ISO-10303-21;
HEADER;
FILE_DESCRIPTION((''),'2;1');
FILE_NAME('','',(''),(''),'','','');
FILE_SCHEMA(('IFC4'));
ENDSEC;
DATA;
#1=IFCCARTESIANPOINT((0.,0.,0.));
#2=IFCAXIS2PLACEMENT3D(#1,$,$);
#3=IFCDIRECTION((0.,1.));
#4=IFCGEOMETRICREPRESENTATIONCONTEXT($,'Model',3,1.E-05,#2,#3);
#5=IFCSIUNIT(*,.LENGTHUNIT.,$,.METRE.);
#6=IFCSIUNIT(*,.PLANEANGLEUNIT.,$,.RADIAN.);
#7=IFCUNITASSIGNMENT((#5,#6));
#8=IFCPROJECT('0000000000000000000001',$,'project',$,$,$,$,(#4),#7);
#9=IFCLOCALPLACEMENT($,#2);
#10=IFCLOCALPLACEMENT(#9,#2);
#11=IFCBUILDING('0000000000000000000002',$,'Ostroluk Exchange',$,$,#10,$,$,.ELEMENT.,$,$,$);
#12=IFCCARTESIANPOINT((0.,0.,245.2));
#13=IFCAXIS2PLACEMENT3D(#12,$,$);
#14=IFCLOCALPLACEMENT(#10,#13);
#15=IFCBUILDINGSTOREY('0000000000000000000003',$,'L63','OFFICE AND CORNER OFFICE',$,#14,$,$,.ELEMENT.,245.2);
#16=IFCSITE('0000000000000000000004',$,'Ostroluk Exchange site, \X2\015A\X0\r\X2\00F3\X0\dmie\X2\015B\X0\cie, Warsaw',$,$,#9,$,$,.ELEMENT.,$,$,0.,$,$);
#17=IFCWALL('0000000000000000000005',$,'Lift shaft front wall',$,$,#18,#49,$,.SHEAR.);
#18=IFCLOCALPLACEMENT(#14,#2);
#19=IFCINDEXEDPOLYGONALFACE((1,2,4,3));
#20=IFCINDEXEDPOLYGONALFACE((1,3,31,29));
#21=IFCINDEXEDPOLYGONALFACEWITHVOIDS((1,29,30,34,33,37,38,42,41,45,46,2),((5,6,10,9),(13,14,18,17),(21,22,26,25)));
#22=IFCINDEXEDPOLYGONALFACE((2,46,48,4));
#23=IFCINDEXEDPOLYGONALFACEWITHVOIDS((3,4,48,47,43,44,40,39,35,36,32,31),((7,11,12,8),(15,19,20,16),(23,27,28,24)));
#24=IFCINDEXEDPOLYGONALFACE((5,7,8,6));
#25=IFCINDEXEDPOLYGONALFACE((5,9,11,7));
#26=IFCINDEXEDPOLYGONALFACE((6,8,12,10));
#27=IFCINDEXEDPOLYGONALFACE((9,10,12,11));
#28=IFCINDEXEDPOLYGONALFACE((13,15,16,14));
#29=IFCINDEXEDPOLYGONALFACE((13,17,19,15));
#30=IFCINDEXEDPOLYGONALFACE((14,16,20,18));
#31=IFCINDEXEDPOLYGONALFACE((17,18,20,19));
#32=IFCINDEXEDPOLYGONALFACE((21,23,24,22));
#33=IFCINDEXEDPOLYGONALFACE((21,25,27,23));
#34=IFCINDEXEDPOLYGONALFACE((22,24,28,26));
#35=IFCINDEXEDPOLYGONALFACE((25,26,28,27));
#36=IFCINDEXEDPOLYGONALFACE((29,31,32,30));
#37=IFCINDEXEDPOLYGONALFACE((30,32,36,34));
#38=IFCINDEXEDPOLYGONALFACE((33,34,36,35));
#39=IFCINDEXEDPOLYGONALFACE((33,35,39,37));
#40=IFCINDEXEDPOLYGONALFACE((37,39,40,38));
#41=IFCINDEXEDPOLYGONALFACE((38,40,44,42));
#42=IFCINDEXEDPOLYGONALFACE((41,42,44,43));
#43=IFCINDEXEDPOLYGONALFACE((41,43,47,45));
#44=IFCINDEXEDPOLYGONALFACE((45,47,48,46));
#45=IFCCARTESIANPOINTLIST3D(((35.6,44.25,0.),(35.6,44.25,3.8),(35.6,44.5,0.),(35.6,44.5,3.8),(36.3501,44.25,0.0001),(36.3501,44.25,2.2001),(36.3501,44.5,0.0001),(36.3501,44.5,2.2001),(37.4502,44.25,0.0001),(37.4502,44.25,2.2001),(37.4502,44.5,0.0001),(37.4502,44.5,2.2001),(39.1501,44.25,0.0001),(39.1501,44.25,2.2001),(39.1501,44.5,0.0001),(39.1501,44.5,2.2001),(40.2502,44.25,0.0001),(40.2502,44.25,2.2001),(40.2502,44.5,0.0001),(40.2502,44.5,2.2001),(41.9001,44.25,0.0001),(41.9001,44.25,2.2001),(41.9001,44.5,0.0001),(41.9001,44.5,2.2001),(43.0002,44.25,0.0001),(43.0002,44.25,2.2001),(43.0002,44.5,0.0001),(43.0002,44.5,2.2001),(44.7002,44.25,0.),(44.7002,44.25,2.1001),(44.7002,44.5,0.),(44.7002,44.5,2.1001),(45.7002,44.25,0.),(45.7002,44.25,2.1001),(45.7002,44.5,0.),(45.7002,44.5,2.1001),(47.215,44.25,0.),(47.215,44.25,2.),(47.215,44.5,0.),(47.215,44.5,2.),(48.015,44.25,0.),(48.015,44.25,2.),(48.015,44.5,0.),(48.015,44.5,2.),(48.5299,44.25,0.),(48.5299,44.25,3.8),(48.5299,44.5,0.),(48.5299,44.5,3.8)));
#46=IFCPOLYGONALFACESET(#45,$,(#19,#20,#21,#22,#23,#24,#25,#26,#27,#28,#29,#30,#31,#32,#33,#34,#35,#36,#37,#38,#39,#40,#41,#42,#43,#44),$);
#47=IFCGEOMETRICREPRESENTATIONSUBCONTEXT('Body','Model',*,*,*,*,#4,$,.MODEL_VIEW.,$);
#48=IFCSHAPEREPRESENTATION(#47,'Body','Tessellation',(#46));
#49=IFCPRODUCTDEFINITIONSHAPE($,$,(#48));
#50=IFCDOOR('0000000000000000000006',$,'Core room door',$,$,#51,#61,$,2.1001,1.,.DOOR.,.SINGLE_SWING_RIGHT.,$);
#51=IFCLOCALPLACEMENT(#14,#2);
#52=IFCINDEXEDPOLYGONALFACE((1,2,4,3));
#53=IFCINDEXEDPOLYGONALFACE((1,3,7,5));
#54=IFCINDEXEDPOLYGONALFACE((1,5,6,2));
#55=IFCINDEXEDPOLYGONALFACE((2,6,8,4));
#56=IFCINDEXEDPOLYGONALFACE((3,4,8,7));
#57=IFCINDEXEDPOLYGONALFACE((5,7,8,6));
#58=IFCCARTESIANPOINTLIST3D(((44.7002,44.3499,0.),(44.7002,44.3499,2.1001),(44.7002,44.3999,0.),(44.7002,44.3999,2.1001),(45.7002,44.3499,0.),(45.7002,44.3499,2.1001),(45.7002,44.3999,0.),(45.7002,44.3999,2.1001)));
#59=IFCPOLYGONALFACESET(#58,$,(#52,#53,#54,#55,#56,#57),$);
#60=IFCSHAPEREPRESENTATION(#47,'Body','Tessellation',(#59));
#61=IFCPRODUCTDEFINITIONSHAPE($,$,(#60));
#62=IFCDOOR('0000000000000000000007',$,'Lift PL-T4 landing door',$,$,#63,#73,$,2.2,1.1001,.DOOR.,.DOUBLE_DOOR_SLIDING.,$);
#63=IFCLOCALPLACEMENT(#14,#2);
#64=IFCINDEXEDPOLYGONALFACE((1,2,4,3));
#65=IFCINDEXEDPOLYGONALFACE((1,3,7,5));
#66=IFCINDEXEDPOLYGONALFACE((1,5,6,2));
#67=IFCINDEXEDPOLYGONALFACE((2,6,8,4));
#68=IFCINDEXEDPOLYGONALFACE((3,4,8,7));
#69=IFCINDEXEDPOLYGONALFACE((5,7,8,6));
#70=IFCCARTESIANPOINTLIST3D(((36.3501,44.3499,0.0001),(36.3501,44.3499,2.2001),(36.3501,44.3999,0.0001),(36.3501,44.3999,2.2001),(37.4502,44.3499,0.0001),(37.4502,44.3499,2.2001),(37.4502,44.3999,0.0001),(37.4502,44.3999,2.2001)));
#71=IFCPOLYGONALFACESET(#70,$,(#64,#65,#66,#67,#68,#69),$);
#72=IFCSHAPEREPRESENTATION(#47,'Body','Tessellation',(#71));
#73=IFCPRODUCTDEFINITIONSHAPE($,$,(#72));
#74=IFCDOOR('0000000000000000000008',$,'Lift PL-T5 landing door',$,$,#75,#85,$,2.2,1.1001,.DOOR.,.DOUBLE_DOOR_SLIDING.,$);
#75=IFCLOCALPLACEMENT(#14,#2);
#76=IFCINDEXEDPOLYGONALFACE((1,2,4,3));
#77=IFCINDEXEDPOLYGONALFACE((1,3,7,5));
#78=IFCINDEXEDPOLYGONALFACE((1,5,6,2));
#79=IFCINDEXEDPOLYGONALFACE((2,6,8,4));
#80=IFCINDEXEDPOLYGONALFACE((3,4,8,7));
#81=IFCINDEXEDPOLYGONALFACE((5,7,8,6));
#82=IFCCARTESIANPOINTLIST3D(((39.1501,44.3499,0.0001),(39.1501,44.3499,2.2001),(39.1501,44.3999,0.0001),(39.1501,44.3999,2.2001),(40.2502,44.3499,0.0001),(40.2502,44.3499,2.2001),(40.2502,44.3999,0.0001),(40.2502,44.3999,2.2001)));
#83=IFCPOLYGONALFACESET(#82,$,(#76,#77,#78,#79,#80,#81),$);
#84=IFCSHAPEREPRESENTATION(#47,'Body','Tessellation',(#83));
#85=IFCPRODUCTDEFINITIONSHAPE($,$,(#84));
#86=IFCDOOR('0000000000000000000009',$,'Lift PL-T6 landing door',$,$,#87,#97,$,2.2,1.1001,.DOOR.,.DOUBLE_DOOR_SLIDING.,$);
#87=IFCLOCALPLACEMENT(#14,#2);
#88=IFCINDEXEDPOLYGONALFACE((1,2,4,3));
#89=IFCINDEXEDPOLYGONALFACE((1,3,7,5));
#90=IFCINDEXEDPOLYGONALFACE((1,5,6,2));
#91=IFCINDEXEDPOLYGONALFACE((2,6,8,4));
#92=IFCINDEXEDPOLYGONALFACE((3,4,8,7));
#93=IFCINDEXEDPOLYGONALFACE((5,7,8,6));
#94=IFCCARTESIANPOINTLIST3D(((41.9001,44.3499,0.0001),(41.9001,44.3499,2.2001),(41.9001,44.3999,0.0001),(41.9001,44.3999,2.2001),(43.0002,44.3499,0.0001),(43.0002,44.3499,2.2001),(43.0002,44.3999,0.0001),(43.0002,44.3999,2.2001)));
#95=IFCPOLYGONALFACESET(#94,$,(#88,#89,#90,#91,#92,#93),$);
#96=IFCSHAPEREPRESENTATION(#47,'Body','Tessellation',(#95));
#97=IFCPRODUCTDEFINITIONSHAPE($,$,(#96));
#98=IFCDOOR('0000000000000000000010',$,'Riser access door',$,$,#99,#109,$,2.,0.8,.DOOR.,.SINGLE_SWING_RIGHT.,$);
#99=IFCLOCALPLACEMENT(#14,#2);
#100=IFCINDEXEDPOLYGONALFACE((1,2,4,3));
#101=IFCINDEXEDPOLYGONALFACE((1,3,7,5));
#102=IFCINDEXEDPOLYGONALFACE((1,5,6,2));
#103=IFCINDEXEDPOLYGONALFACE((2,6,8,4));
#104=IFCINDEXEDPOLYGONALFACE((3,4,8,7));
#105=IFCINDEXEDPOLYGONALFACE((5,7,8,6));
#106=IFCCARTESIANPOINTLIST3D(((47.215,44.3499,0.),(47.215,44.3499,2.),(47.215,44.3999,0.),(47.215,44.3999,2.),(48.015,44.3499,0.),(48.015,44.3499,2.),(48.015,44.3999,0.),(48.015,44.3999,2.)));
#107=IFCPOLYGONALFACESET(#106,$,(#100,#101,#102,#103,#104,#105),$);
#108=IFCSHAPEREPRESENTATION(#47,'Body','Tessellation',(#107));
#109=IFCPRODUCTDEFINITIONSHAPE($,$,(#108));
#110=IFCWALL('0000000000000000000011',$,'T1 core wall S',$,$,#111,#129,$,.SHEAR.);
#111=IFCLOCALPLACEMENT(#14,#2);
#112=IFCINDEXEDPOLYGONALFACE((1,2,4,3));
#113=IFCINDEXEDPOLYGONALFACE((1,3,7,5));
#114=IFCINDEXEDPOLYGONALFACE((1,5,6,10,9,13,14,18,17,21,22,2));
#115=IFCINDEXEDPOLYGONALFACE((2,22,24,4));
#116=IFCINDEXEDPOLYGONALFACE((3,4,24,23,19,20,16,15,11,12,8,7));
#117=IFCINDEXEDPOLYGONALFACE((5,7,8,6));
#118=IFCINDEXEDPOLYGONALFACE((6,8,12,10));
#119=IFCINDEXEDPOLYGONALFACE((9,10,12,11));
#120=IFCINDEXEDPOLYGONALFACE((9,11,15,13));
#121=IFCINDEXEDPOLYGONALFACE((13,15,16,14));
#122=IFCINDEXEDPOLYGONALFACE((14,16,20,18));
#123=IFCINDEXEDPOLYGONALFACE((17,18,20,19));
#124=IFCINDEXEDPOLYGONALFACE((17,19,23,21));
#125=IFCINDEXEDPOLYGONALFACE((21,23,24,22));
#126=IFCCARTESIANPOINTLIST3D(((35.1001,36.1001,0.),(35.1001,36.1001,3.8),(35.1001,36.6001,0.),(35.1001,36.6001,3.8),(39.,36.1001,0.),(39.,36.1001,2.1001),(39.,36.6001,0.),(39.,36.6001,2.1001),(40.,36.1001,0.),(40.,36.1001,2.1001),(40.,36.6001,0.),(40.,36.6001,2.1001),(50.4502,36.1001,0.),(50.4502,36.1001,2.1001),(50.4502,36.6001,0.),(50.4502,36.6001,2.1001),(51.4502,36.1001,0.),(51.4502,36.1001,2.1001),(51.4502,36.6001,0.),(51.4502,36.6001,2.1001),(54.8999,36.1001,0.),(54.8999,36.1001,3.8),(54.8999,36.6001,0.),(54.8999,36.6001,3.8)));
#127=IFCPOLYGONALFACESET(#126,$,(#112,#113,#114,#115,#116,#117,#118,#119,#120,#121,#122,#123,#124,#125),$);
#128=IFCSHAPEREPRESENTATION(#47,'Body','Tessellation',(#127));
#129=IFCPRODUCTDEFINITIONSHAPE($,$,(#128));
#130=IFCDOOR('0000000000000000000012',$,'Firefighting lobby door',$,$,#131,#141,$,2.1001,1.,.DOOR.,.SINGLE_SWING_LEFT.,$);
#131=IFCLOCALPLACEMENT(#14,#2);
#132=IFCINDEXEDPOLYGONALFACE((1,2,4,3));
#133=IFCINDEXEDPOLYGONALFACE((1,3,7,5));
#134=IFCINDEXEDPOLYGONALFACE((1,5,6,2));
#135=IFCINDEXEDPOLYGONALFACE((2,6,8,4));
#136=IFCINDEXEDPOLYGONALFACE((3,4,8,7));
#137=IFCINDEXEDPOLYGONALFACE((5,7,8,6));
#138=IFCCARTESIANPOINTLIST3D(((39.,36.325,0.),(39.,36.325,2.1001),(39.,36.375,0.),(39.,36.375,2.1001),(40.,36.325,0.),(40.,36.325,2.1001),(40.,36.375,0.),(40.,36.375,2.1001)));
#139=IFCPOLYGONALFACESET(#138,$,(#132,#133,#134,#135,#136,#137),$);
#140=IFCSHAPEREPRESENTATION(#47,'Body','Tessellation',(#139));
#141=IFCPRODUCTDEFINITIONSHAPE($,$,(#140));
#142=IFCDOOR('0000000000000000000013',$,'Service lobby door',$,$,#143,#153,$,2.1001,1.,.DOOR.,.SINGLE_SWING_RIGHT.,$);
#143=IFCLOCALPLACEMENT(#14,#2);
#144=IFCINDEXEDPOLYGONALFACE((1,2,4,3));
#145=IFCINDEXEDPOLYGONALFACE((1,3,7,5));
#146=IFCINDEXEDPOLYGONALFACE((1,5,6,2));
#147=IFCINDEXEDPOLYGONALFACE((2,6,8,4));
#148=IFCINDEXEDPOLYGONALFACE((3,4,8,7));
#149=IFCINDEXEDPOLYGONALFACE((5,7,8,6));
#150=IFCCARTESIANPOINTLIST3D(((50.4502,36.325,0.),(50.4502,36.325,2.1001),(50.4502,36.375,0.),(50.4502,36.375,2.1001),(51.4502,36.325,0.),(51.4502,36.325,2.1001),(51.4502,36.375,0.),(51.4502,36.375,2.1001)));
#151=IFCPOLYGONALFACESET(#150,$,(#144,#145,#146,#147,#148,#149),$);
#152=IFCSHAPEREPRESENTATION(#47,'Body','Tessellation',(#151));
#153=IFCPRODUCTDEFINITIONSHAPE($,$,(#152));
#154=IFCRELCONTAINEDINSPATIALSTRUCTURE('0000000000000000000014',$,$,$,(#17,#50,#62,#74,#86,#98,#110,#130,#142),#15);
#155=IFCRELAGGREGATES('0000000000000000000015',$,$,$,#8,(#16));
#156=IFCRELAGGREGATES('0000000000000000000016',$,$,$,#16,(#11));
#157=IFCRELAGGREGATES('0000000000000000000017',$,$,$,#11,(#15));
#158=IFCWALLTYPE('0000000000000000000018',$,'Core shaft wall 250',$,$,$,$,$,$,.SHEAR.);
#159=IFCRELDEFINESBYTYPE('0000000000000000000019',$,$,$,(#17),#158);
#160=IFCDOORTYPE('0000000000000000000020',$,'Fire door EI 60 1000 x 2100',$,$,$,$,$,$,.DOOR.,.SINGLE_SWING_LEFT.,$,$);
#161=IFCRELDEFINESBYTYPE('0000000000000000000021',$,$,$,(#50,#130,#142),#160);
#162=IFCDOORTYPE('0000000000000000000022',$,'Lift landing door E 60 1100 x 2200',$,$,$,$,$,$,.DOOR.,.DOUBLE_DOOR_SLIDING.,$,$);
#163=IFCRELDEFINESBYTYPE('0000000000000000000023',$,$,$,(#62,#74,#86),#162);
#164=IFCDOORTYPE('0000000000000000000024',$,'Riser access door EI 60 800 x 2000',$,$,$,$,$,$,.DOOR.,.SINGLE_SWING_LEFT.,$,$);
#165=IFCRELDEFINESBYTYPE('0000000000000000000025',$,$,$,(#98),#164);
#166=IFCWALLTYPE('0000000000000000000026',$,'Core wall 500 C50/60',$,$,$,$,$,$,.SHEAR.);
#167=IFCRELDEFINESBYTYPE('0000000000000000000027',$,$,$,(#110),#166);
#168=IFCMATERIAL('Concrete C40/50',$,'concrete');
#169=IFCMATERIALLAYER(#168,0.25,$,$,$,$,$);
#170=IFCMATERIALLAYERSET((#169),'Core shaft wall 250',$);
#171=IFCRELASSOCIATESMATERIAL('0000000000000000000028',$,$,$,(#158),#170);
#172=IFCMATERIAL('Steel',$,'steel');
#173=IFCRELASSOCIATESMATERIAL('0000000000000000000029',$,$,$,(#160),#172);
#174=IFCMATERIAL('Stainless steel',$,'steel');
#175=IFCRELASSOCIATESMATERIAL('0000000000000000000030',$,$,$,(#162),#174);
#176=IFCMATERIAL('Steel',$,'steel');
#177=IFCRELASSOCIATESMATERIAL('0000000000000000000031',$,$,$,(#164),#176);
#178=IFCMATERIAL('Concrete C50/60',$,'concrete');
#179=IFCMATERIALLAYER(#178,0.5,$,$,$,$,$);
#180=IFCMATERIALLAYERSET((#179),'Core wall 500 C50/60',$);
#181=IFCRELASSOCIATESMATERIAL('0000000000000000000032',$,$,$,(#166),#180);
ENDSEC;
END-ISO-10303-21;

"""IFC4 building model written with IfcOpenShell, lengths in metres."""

from ifc_helpers import new_model, si_unit, direction, frame, frame_2d, origin, place, context, subcontext, project, spatial, rectangle, extrude, material, layer, layer_set, type_object, element, fill, save


model = new_model("IFC4")

# Units and contexts
model_context = context("Model", 3, precision=1e-05, world=origin(), true_north=direction((0.0, 1.0)))
body_context = subcontext(model_context, "Body", "Model", "MODEL_VIEW")
ifc_project = project(units=[si_unit("LENGTHUNIT", "METRE"), si_unit("PLANEANGLEUNIT", "RADIAN")], contexts=[model_context])

# Site, building, storey
site_placement = place(None, origin())
site = spatial("IfcSite", under=ifc_project, at=site_placement, Name="Ostroluk Exchange site, Śródmieście, Warsaw", CompositionType="ELEMENT", RefElevation=0.0)
building_placement = place(site_placement, origin())
building = spatial("IfcBuilding", under=site, at=building_placement, Name="Ostroluk Exchange", CompositionType="ELEMENT")
storey_placement = place(building_placement, frame((0.0, 0.0, 245.2)))
storey = spatial("IfcBuildingStorey", under=building, at=storey_placement, Name="L63", Description="OFFICE AND CORNER OFFICE", CompositionType="ELEMENT", Elevation=245.2)

# Shared definitions
ifc_material_1 = material(Name="Concrete C40/50", Category="concrete")
ifc_layer_1 = layer(ifc_material_1, 0.25)
ifc_layer_set_1 = layer_set([ifc_layer_1], Name="Core shaft wall 250")
wall_type_1 = type_object("IfcWallType", Name="Core shaft wall 250", PredefinedType="SHEAR", material=ifc_layer_set_1)

# Walls, openings, doors
wall_1_placement = place(storey_placement, frame((35.6001, 44.375, 0.0), z_axis=(0.0, 0.0, 1.0), x_axis=(1.0, 0.0, 0.0)))
wall_1 = element("IfcWall", 1, at=wall_1_placement, inside=storey, type_object=wall_type_1, Name="Lift shaft front wall", PredefinedType="SHEAR", context=body_context, shape_type="SweptSolid", body=[
    extrude(rectangle(XDim=12.9299, YDim=0.25, at=frame_2d((6.4648, 0.0))), origin(), (0.0, 0.0, 1.0), 3.8),
])
opening_1_placement = place(wall_1_placement, frame((0.75, 0.0, 0.0)))
opening_1 = element("IfcOpeningElement", 2, at=opening_1_placement, cuts=wall_1, PredefinedType="OPENING", context=body_context, shape_type="SweptSolid", body=[
    extrude(rectangle(XDim=1.1001, YDim=2.2, at=frame_2d((0.55, 1.1001))), frame((0.0, 0.135, 0.0), z_axis=(0.0, -1.0, 0.0), x_axis=(1.0, 0.0, 0.0)), (0.0, 0.0, 1.0), 0.27),
])
opening_2_placement = place(wall_1_placement, frame((3.55, 0.0, 0.0)))
opening_2 = element("IfcOpeningElement", 3, at=opening_2_placement, cuts=wall_1, PredefinedType="OPENING", context=body_context, shape_type="SweptSolid", body=[
    extrude(rectangle(XDim=1.1001, YDim=2.2, at=frame_2d((0.55, 1.1001))), frame((0.0, 0.135, 0.0), z_axis=(0.0, -1.0, 0.0), x_axis=(1.0, 0.0, 0.0)), (0.0, 0.0, 1.0), 0.27),
])
opening_3_placement = place(wall_1_placement, frame((6.3, 0.0, 0.0)))
opening_3 = element("IfcOpeningElement", 4, at=opening_3_placement, cuts=wall_1, PredefinedType="OPENING", context=body_context, shape_type="SweptSolid", body=[
    extrude(rectangle(XDim=1.1001, YDim=2.2, at=frame_2d((0.55, 1.1001))), frame((0.0, 0.135, 0.0), z_axis=(0.0, -1.0, 0.0), x_axis=(1.0, 0.0, 0.0)), (0.0, 0.0, 1.0), 0.27),
])
opening_4_placement = place(wall_1_placement, frame((9.1001, 0.0, 0.0)))
opening_4 = element("IfcOpeningElement", 5, at=opening_4_placement, cuts=wall_1, PredefinedType="OPENING", context=body_context, shape_type="SweptSolid", body=[
    extrude(rectangle(XDim=1.0, YDim=2.1001, at=frame_2d((0.5, 1.05))), frame((0.0, 0.135, 0.0), z_axis=(0.0, -1.0, 0.0), x_axis=(1.0, 0.0, 0.0)), (0.0, 0.0, 1.0), 0.27),
])
opening_5_placement = place(wall_1_placement, frame((11.615, 0.0, 0.0)))
opening_5 = element("IfcOpeningElement", 6, at=opening_5_placement, cuts=wall_1, PredefinedType="OPENING", context=body_context, shape_type="SweptSolid", body=[
    extrude(rectangle(XDim=0.8, YDim=2.0, at=frame_2d((0.3999, 1.0))), frame((0.0, 0.135, 0.0), z_axis=(0.0, -1.0, 0.0), x_axis=(1.0, 0.0, 0.0)), (0.0, 0.0, 1.0), 0.27),
])
ifc_material_2 = material(Name="Steel", Category="steel")
door_type_1 = type_object("IfcDoorType", Name="Fire door EI 60 1000 x 2100", OperationType="SINGLE_SWING_LEFT", PredefinedType="DOOR", material=ifc_material_2)
door_1_placement = place(opening_4_placement, origin())
door_1 = element("IfcDoor", 7, at=door_1_placement, inside=storey, type_object=door_type_1, Name="Core room door", OperationType="SINGLE_SWING_RIGHT", OverallHeight=2.1001, OverallWidth=1.0, PredefinedType="DOOR", context=body_context, shape_type="SweptSolid", body=[
    extrude(rectangle(XDim=1.0, YDim=2.1001, at=frame_2d((0.5, 1.05))), frame((0.0, 0.0249, 0.0), z_axis=(0.0, -1.0, 0.0), x_axis=(1.0, 0.0, 0.0)), (0.0, 0.0, 1.0), 0.05),
])
fill(opening_4, door_1)
ifc_material_3 = material(Name="Stainless steel", Category="steel")
door_type_2 = type_object("IfcDoorType", Name="Lift landing door E 60 1100 x 2200", OperationType="DOUBLE_DOOR_SLIDING", PredefinedType="DOOR", material=ifc_material_3)
door_2_placement = place(opening_1_placement, origin())
door_2 = element("IfcDoor", 8, at=door_2_placement, inside=storey, type_object=door_type_2, Name="Lift PL-T4 landing door", OperationType="DOUBLE_DOOR_SLIDING", OverallHeight=2.2, OverallWidth=1.1001, PredefinedType="DOOR", context=body_context, shape_type="SweptSolid", body=[
    extrude(rectangle(XDim=1.1001, YDim=2.2, at=frame_2d((0.55, 1.1001))), frame((0.0, 0.0249, 0.0), z_axis=(0.0, -1.0, 0.0), x_axis=(1.0, 0.0, 0.0)), (0.0, 0.0, 1.0), 0.05),
])
fill(opening_1, door_2)
door_3_placement = place(opening_2_placement, origin())
door_3 = element("IfcDoor", 9, at=door_3_placement, inside=storey, type_object=door_type_2, Name="Lift PL-T5 landing door", OperationType="DOUBLE_DOOR_SLIDING", OverallHeight=2.2, OverallWidth=1.1001, PredefinedType="DOOR", context=body_context, shape_type="SweptSolid", body=[
    extrude(rectangle(XDim=1.1001, YDim=2.2, at=frame_2d((0.55, 1.1001))), frame((0.0, 0.0249, 0.0), z_axis=(0.0, -1.0, 0.0), x_axis=(1.0, 0.0, 0.0)), (0.0, 0.0, 1.0), 0.05),
])
fill(opening_2, door_3)
door_4_placement = place(opening_3_placement, origin())
door_4 = element("IfcDoor", 10, at=door_4_placement, inside=storey, type_object=door_type_2, Name="Lift PL-T6 landing door", OperationType="DOUBLE_DOOR_SLIDING", OverallHeight=2.2, OverallWidth=1.1001, PredefinedType="DOOR", context=body_context, shape_type="SweptSolid", body=[
    extrude(rectangle(XDim=1.1001, YDim=2.2, at=frame_2d((0.55, 1.1001))), frame((0.0, 0.0249, 0.0), z_axis=(0.0, -1.0, 0.0), x_axis=(1.0, 0.0, 0.0)), (0.0, 0.0, 1.0), 0.05),
])
fill(opening_3, door_4)
ifc_material_4 = material(Name="Steel", Category="steel")
door_type_3 = type_object("IfcDoorType", Name="Riser access door EI 60 800 x 2000", OperationType="SINGLE_SWING_LEFT", PredefinedType="DOOR", material=ifc_material_4)
door_5_placement = place(opening_5_placement, origin())
door_5 = element("IfcDoor", 11, at=door_5_placement, inside=storey, type_object=door_type_3, Name="Riser access door", OperationType="SINGLE_SWING_RIGHT", OverallHeight=2.0, OverallWidth=0.8, PredefinedType="DOOR", context=body_context, shape_type="SweptSolid", body=[
    extrude(rectangle(XDim=0.8, YDim=2.0, at=frame_2d((0.3999, 1.0))), frame((0.0, 0.0249, 0.0), z_axis=(0.0, -1.0, 0.0), x_axis=(1.0, 0.0, 0.0)), (0.0, 0.0, 1.0), 0.05),
])
fill(opening_5, door_5)
ifc_material_5 = material(Name="Concrete C50/60", Category="concrete")
ifc_layer_2 = layer(ifc_material_5, 0.5)
ifc_layer_set_2 = layer_set([ifc_layer_2], Name="Core wall 500 C50/60")
wall_type_2 = type_object("IfcWallType", Name="Core wall 500 C50/60", PredefinedType="SHEAR", material=ifc_layer_set_2)
wall_2_placement = place(storey_placement, frame((35.1001, 36.3501, 0.0), z_axis=(0.0, 0.0, 1.0), x_axis=(1.0, 0.0, 0.0)))
wall_2 = element("IfcWall", 12, at=wall_2_placement, inside=storey, type_object=wall_type_2, Name="T1 core wall S", PredefinedType="SHEAR", context=body_context, shape_type="SweptSolid", body=[
    extrude(rectangle(XDim=19.7998, YDim=0.5, at=frame_2d((9.8999, 0.0))), origin(), (0.0, 0.0, 1.0), 3.8),
])
opening_6_placement = place(wall_2_placement, frame((3.8999, 0.0, 0.0)))
opening_6 = element("IfcOpeningElement", 13, at=opening_6_placement, cuts=wall_2, PredefinedType="OPENING", context=body_context, shape_type="SweptSolid", body=[
    extrude(rectangle(XDim=1.0, YDim=2.1001, at=frame_2d((0.5, 1.05))), frame((0.0, 0.26, 0.0), z_axis=(0.0, -1.0, 0.0), x_axis=(1.0, 0.0, 0.0)), (0.0, 0.0, 1.0), 0.52),
])
opening_7_placement = place(wall_2_placement, frame((15.3501, 0.0, 0.0)))
opening_7 = element("IfcOpeningElement", 14, at=opening_7_placement, cuts=wall_2, PredefinedType="OPENING", context=body_context, shape_type="SweptSolid", body=[
    extrude(rectangle(XDim=1.0, YDim=2.1001, at=frame_2d((0.5, 1.05))), frame((0.0, 0.26, 0.0), z_axis=(0.0, -1.0, 0.0), x_axis=(1.0, 0.0, 0.0)), (0.0, 0.0, 1.0), 0.52),
])
door_6_placement = place(opening_6_placement, origin())
door_6 = element("IfcDoor", 15, at=door_6_placement, inside=storey, type_object=door_type_1, Name="Firefighting lobby door", OperationType="SINGLE_SWING_LEFT", OverallHeight=2.1001, OverallWidth=1.0, PredefinedType="DOOR", context=body_context, shape_type="SweptSolid", body=[
    extrude(rectangle(XDim=1.0, YDim=2.1001, at=frame_2d((0.5, 1.05))), frame((0.0, 0.0249, 0.0), z_axis=(0.0, -1.0, 0.0), x_axis=(1.0, 0.0, 0.0)), (0.0, 0.0, 1.0), 0.05),
])
fill(opening_6, door_6)
door_7_placement = place(opening_7_placement, origin())
door_7 = element("IfcDoor", 16, at=door_7_placement, inside=storey, type_object=door_type_1, Name="Service lobby door", OperationType="SINGLE_SWING_RIGHT", OverallHeight=2.1001, OverallWidth=1.0, PredefinedType="DOOR", context=body_context, shape_type="SweptSolid", body=[
    extrude(rectangle(XDim=1.0, YDim=2.1001, at=frame_2d((0.5, 1.05))), frame((0.0, 0.0249, 0.0), z_axis=(0.0, -1.0, 0.0), x_axis=(1.0, 0.0, 0.0)), (0.0, 0.0, 1.0), 0.05),
])
fill(opening_7, door_7)

save(model, "model.ifc")
